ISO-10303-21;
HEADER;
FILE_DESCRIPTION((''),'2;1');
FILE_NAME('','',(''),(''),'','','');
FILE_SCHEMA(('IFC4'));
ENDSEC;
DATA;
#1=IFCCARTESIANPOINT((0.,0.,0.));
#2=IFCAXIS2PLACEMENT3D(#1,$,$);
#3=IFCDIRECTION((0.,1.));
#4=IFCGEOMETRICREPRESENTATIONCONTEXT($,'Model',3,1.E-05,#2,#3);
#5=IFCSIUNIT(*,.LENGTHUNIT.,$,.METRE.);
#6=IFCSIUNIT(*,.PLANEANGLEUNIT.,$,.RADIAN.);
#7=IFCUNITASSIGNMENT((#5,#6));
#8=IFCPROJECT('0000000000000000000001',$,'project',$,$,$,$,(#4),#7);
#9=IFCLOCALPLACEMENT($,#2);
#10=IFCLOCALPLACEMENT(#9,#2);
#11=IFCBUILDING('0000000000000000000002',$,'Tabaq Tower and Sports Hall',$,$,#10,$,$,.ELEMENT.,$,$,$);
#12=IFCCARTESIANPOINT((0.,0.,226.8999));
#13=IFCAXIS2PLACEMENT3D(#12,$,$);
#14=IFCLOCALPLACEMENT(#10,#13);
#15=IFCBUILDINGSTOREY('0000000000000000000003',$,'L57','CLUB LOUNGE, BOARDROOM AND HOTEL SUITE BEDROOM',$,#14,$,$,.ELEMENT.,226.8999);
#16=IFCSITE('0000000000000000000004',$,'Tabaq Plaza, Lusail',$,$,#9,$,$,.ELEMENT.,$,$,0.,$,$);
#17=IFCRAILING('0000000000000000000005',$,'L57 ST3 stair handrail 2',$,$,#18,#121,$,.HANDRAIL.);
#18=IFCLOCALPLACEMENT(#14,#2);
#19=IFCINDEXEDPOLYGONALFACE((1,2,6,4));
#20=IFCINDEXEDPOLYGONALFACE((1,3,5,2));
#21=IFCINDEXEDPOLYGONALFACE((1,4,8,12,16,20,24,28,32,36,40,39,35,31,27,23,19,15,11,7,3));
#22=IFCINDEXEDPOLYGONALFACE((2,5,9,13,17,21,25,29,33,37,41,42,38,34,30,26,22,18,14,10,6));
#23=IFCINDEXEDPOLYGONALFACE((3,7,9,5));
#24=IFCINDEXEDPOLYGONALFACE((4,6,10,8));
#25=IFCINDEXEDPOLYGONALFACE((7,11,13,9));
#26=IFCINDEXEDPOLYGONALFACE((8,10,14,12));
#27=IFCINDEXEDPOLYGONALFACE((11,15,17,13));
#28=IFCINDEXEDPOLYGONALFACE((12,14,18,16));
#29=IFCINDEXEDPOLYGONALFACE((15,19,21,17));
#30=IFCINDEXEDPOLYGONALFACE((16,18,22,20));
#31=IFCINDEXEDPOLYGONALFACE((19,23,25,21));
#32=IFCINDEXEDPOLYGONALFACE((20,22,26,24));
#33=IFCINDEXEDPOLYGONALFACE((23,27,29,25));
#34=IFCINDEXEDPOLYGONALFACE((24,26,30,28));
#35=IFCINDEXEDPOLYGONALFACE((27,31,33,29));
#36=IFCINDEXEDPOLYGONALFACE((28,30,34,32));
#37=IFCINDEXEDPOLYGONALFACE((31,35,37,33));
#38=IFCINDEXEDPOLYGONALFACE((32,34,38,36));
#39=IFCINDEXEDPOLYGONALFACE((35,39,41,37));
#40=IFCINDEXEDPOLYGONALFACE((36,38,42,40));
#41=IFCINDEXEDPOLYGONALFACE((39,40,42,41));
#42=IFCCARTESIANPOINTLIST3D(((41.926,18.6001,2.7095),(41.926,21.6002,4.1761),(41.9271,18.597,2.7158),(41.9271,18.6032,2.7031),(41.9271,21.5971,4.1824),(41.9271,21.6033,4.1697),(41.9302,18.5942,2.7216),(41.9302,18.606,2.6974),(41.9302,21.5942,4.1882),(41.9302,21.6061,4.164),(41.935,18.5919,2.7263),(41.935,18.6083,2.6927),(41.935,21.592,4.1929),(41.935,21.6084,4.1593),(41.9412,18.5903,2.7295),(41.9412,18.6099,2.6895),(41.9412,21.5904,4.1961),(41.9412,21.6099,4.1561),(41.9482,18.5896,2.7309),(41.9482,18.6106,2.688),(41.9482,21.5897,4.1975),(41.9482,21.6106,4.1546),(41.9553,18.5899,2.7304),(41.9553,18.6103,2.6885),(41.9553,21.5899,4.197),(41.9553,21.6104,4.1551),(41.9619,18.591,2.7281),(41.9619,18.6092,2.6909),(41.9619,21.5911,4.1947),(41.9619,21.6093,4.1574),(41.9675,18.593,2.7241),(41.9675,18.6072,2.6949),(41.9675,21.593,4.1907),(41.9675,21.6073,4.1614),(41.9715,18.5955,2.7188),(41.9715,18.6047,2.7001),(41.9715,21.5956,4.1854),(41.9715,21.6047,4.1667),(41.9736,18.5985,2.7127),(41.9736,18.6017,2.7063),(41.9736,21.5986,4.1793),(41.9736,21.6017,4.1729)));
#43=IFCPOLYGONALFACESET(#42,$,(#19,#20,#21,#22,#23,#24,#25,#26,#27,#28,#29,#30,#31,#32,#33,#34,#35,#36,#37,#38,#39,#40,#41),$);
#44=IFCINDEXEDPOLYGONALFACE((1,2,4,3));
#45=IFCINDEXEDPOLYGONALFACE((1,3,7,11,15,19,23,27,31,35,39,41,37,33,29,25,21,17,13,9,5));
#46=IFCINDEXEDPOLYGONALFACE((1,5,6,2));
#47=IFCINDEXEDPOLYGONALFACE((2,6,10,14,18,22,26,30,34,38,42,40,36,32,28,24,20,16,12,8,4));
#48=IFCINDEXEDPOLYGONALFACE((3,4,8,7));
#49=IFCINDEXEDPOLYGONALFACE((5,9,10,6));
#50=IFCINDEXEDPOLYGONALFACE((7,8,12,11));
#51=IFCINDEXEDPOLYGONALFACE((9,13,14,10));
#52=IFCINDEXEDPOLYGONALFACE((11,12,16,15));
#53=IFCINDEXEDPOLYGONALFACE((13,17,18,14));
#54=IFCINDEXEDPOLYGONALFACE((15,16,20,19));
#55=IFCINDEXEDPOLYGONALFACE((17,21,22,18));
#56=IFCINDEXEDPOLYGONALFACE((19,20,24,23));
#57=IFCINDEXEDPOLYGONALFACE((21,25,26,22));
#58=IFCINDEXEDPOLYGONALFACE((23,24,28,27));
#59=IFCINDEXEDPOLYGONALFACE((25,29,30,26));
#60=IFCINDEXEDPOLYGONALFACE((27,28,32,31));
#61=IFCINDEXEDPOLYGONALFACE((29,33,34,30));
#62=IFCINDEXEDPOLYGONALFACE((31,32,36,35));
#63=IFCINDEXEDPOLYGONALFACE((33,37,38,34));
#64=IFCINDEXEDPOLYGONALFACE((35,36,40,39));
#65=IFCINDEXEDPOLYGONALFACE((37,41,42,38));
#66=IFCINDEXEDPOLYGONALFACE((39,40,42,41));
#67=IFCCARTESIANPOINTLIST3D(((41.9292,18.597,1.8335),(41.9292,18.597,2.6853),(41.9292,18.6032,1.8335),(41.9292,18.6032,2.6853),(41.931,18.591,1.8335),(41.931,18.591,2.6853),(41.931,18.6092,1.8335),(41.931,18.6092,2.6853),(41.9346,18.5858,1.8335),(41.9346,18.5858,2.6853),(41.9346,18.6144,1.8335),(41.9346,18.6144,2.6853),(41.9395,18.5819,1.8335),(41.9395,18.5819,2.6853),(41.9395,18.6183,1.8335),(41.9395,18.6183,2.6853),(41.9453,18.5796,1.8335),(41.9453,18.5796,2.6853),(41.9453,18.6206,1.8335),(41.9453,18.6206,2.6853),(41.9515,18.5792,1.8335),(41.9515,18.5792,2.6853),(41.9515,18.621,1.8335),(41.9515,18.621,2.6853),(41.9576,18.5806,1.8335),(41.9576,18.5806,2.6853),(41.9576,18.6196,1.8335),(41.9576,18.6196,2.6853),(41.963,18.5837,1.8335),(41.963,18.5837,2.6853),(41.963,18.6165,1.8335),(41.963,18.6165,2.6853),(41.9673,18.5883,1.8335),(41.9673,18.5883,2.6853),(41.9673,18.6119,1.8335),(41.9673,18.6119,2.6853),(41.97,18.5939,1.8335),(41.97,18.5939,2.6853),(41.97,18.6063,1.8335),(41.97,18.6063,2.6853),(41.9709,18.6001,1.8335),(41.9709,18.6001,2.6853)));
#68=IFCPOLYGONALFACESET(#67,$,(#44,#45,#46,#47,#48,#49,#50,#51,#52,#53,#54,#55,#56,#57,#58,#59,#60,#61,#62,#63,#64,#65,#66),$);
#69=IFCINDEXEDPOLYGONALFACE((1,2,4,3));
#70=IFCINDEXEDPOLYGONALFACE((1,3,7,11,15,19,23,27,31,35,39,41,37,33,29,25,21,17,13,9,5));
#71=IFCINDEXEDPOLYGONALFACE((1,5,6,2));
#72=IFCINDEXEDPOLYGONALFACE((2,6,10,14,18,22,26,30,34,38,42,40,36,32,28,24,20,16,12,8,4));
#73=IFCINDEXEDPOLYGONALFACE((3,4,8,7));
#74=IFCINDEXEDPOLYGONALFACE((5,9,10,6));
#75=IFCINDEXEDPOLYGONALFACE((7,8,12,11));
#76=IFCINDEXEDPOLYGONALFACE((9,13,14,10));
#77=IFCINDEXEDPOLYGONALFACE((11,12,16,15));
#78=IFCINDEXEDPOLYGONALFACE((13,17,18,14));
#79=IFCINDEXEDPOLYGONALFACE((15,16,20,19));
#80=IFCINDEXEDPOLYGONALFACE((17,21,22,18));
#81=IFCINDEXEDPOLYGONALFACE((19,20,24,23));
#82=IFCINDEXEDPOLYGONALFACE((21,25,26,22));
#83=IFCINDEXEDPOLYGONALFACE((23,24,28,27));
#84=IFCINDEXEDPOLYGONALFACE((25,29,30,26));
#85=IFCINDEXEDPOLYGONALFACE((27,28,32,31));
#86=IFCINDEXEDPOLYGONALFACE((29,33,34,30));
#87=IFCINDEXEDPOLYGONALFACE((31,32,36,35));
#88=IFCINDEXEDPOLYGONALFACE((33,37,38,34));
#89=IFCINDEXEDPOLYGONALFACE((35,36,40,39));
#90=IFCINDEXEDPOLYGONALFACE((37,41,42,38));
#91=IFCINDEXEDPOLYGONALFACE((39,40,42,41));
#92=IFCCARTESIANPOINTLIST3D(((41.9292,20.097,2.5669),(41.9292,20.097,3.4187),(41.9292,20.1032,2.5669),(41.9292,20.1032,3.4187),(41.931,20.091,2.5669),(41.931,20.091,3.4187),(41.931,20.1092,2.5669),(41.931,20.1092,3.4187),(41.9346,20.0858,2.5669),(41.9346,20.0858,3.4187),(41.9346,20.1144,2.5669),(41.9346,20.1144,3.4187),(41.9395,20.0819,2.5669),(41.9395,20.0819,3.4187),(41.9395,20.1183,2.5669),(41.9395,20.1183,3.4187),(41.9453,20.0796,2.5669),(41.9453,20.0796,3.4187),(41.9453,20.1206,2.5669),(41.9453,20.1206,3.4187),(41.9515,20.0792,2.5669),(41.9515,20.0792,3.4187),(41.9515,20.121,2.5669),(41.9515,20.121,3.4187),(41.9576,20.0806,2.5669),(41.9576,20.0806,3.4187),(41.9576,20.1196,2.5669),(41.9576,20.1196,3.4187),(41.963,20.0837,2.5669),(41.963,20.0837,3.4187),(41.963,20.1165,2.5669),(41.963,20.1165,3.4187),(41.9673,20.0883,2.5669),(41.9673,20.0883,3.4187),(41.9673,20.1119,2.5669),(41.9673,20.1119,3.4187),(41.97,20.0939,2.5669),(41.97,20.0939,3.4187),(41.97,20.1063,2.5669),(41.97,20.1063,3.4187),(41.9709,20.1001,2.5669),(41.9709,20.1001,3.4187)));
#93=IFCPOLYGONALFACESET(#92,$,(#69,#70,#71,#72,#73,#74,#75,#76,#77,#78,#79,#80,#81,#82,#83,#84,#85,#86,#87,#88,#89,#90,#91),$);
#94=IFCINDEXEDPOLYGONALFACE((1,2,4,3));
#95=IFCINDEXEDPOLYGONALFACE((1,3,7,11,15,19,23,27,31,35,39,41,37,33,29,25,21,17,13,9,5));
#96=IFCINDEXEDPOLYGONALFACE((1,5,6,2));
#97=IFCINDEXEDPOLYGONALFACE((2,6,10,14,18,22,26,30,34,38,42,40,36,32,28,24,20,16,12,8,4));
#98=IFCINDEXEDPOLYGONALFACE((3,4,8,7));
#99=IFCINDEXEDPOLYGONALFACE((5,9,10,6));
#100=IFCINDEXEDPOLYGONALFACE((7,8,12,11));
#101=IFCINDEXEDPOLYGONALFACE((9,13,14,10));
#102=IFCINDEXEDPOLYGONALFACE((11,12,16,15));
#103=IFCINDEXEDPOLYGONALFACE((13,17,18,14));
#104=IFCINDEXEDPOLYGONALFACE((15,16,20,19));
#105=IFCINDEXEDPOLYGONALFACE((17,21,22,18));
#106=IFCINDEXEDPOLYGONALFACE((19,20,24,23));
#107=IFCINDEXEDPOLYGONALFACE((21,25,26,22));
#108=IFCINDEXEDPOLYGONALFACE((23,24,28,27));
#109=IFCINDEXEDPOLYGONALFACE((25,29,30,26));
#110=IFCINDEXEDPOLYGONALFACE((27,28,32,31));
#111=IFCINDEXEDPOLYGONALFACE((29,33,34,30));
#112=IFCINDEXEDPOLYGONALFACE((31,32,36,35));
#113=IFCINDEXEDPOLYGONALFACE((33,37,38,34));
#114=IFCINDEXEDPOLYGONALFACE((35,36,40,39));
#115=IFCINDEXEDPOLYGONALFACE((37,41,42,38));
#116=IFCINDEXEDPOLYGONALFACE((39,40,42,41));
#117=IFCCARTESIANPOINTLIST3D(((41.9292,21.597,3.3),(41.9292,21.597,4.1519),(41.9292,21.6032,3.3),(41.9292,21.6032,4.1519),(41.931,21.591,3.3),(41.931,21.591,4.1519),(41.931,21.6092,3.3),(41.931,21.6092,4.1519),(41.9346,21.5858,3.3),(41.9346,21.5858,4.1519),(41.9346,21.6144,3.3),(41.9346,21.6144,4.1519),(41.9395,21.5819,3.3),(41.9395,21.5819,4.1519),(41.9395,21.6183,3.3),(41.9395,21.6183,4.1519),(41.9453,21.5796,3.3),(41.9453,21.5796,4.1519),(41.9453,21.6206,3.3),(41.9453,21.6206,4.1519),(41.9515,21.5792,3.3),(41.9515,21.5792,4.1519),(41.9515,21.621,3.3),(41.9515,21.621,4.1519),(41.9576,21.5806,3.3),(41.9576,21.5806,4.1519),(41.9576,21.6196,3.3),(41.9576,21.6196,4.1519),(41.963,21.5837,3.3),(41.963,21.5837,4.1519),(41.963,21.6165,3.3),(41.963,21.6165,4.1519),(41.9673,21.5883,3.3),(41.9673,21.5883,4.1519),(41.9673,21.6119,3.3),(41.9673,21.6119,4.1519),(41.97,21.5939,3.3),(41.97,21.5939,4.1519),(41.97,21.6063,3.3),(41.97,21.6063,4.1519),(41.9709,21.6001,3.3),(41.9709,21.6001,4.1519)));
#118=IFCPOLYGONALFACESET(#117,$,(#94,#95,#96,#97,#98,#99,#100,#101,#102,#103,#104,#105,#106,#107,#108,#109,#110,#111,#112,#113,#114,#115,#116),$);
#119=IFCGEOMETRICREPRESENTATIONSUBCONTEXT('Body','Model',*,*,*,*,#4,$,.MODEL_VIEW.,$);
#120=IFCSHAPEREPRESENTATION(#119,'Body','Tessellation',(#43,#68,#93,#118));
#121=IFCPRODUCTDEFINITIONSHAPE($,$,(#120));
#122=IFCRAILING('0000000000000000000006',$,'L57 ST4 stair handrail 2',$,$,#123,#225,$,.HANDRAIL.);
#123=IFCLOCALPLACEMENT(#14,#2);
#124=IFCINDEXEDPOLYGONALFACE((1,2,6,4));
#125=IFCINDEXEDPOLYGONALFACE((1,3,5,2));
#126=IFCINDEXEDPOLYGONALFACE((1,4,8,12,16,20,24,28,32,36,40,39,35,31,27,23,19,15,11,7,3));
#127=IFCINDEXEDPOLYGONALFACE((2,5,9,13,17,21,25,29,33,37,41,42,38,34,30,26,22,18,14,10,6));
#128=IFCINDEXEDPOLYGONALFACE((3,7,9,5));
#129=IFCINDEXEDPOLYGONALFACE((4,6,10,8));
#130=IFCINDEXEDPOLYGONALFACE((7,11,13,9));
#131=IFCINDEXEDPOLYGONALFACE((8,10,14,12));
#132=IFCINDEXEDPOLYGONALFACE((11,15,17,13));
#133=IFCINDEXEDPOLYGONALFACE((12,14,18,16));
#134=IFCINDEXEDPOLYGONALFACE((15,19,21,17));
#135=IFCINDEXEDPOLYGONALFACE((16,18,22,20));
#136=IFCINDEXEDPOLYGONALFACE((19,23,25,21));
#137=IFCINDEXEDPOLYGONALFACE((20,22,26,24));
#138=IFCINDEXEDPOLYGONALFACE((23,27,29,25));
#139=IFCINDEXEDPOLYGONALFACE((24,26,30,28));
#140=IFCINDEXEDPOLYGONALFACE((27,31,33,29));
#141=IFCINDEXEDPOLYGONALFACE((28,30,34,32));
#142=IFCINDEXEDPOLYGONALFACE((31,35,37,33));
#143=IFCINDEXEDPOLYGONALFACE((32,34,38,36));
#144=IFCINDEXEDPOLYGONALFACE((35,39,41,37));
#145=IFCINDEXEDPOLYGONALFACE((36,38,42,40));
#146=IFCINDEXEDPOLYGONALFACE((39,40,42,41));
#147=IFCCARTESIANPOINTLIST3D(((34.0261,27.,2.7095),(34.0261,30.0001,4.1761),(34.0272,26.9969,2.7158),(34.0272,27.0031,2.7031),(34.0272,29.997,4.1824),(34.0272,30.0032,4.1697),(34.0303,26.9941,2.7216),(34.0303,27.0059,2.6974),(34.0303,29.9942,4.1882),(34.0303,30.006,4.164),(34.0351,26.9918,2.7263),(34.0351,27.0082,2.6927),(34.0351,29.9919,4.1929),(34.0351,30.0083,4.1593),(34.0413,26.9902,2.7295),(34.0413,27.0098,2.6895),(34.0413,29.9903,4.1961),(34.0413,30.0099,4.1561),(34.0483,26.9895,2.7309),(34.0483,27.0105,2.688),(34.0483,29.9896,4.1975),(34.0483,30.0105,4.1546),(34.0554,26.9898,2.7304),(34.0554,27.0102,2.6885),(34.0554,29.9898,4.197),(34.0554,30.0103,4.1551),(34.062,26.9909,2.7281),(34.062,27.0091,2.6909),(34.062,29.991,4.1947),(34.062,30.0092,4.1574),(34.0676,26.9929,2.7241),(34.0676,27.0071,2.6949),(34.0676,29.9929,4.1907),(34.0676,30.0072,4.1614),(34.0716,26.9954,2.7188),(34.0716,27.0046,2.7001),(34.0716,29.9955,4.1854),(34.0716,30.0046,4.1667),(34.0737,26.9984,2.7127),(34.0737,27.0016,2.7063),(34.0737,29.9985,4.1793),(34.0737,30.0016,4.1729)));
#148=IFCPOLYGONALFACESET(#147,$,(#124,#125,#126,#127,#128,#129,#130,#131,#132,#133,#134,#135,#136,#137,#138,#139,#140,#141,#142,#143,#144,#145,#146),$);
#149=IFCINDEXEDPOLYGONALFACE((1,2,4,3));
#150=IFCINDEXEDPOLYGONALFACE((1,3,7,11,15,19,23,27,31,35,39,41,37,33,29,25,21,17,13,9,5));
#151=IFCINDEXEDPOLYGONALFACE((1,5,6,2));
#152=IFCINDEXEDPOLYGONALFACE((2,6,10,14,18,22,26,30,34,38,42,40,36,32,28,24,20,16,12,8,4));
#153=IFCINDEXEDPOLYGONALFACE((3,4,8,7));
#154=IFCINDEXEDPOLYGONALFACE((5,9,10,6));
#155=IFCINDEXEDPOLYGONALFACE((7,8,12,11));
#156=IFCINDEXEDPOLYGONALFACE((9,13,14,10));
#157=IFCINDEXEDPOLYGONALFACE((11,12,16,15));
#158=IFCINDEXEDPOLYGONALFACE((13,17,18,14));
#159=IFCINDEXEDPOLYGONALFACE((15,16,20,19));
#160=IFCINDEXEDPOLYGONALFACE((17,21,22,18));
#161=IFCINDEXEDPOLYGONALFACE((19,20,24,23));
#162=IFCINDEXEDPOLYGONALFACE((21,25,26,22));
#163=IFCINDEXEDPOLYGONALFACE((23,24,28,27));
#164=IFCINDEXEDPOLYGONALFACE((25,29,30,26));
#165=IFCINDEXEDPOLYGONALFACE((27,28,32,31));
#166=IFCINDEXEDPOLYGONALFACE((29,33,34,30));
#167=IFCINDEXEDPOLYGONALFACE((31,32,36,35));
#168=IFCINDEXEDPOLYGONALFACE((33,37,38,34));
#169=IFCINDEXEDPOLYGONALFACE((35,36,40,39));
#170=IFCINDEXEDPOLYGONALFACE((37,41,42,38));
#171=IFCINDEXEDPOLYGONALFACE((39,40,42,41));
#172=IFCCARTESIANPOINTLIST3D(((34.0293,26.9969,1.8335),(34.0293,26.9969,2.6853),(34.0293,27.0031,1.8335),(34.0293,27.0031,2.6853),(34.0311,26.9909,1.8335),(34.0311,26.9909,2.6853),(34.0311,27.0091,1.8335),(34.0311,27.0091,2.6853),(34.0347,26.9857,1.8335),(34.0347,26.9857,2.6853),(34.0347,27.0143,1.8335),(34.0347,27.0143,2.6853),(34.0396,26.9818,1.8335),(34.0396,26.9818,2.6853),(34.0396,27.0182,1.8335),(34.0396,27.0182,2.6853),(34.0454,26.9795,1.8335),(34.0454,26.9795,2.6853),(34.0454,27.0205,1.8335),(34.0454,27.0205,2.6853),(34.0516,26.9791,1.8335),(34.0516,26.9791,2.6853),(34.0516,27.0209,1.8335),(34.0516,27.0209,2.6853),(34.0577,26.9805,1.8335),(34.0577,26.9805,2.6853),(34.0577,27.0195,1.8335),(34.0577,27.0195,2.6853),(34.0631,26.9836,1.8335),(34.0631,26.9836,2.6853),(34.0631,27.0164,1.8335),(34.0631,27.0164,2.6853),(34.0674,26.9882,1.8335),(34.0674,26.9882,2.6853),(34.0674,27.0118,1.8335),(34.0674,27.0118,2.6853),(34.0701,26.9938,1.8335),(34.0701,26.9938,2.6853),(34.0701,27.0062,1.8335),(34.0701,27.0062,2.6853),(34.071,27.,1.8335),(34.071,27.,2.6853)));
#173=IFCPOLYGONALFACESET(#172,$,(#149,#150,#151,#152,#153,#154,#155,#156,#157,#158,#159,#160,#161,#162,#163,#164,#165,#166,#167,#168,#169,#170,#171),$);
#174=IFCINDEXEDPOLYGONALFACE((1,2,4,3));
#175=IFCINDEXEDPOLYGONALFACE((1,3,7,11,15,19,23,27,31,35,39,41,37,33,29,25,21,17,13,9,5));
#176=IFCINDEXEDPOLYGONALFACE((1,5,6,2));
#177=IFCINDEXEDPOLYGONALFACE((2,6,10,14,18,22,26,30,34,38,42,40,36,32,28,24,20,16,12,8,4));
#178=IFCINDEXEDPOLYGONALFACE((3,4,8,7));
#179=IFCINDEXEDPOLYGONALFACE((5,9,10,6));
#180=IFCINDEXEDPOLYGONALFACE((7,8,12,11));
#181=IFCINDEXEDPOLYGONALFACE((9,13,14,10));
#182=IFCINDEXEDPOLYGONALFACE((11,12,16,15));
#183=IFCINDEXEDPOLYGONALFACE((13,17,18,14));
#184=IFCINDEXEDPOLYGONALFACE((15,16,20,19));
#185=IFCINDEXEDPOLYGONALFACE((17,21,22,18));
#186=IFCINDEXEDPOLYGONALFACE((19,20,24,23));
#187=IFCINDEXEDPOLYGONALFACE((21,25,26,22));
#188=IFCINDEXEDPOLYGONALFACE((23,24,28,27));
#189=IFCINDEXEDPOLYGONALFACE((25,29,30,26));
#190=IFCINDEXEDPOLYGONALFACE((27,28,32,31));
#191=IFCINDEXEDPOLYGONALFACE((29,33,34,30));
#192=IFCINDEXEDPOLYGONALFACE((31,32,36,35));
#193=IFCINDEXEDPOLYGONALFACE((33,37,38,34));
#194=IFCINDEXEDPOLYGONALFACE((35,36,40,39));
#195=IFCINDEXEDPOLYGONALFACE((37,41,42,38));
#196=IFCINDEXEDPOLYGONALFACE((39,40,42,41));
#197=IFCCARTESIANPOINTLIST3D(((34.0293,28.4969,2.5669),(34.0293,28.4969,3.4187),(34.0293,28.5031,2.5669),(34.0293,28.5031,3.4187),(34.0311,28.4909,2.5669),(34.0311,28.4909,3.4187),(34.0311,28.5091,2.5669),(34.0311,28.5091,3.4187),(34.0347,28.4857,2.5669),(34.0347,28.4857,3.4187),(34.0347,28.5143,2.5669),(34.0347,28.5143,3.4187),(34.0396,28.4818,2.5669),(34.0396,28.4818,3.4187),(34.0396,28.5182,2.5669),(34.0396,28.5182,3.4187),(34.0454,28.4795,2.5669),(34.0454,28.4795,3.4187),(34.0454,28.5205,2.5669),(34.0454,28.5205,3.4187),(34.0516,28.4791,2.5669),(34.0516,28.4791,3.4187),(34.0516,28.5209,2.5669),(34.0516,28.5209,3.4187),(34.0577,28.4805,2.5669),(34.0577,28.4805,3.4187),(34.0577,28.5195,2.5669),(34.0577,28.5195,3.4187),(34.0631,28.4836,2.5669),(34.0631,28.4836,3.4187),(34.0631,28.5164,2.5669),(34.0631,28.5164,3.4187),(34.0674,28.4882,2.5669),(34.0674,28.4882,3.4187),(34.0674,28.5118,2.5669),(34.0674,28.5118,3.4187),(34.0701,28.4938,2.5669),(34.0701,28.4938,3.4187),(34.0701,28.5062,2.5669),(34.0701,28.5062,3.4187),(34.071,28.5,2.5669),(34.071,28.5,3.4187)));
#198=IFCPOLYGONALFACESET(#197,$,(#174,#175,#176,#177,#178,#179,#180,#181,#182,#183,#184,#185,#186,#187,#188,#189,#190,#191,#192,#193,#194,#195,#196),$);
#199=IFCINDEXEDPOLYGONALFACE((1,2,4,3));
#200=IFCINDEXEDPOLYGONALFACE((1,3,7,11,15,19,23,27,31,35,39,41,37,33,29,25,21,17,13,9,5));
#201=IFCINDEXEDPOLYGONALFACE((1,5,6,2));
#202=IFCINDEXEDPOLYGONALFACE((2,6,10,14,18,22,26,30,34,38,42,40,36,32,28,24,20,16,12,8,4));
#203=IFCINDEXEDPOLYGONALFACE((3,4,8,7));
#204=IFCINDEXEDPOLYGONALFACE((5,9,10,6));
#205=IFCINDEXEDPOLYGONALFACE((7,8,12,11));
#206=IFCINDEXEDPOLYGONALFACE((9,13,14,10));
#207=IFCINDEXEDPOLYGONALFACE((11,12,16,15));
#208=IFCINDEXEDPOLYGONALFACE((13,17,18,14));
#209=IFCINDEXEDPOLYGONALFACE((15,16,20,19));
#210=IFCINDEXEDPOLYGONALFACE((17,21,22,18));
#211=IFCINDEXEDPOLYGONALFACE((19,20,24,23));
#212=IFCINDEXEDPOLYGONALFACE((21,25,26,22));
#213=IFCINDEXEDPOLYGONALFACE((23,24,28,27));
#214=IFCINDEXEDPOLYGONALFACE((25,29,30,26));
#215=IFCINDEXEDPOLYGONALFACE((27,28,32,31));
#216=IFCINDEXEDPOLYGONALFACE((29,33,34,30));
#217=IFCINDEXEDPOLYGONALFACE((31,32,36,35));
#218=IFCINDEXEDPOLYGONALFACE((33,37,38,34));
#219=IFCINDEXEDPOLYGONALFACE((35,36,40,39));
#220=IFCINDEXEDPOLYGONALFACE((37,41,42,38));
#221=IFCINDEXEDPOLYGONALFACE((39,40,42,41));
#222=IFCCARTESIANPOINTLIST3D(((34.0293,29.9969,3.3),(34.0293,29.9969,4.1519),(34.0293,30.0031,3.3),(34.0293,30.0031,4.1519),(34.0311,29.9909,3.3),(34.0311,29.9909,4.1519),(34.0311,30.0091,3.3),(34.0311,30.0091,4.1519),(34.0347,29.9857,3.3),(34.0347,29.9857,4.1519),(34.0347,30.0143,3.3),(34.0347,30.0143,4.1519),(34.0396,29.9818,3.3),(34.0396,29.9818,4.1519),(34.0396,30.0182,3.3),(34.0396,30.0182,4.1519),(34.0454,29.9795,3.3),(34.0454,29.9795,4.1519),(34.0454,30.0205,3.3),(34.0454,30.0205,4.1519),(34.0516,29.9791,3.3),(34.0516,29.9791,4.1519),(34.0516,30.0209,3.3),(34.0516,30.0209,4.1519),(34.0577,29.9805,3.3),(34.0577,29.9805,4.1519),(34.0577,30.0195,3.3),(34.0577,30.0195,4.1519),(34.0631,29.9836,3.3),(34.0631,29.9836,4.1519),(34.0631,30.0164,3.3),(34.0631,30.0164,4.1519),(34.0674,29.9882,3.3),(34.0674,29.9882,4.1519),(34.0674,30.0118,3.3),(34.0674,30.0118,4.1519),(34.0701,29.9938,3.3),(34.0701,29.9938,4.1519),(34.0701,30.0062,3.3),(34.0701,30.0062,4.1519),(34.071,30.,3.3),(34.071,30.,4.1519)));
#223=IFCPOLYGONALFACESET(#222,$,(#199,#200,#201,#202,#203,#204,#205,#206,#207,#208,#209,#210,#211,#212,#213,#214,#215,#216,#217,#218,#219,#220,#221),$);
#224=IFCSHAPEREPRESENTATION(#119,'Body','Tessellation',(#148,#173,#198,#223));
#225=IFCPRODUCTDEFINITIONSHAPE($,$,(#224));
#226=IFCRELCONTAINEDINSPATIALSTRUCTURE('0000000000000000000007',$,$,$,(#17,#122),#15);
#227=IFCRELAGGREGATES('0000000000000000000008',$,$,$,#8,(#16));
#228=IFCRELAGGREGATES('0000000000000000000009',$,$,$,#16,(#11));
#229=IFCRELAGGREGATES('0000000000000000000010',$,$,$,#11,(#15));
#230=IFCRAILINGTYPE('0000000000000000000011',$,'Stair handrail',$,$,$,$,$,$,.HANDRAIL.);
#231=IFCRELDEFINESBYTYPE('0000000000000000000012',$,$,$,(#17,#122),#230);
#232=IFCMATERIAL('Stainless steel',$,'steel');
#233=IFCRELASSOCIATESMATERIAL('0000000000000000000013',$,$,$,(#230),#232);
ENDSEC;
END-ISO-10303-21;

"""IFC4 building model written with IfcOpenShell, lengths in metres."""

from ifc_helpers import new_model, si_unit, direction, frame, origin, origin_2d, place, context, subcontext, project, spatial, circle, extrude, material, type_object, element, save


model = new_model("IFC4")

# Units and contexts
model_context = context("Model", 3, precision=1e-05, world=origin(), true_north=direction((0.0, 1.0)))
body_context = subcontext(model_context, "Body", "Model", "MODEL_VIEW")
ifc_project = project(units=[si_unit("LENGTHUNIT", "METRE"), si_unit("PLANEANGLEUNIT", "RADIAN")], contexts=[model_context])

# Site, building, storey
site_placement = place(None, origin())
site = spatial("IfcSite", under=ifc_project, at=site_placement, Name="Tabaq Plaza, Lusail", CompositionType="ELEMENT", RefElevation=0.0)
building_placement = place(site_placement, origin())
building = spatial("IfcBuilding", under=site, at=building_placement, Name="Tabaq Tower and Sports Hall", CompositionType="ELEMENT")
storey_placement = place(building_placement, frame((0.0, 0.0, 226.8999)))
storey = spatial("IfcBuildingStorey", under=building, at=storey_placement, Name="L57", Description="CLUB LOUNGE, BOARDROOM AND HOTEL SUITE BEDROOM", CompositionType="ELEMENT", Elevation=226.8999)

# Railings
ifc_material_1 = material(Name="Stainless steel", Category="steel")
railing_type_1 = type_object("IfcRailingType", Name="Stair handrail", PredefinedType="HANDRAIL", material=ifc_material_1)
for number, where, name in (
    (1, (41.95, 18.6001, 1.8335), "L57 ST3 stair handrail 2"),
    (2, (34.05, 27.0, 1.8335), "L57 ST4 stair handrail 2"),
):
    element("IfcRailing", number, at=place(storey_placement, frame(where)), inside=storey, type_object=railing_type_1, Name=name, PredefinedType="HANDRAIL", context=body_context, shape_type="SweptSolid", body=[
        extrude(circle(Radius=0.0239, at=origin_2d()), frame((0.0, 0.0, 0.876), z_axis=(0.0, 0.898398, 0.439183), x_axis=(-1.0, 0.0, 0.0)), (0.0, 0.0, 1.0), 3.3394),
        extrude(circle(Radius=0.021, at=origin_2d()), origin(), (0.0, 0.0, 1.0), 0.8518),
        extrude(circle(Radius=0.021, at=origin_2d()), frame((0.0, 1.5, 0.7334)), (0.0, 0.0, 1.0), 0.8518),
        extrude(circle(Radius=0.021, at=origin_2d()), frame((0.0, 3.0, 1.4666)), (0.0, 0.0, 1.0), 0.8518),
    ])

save(model, "model.ifc")
